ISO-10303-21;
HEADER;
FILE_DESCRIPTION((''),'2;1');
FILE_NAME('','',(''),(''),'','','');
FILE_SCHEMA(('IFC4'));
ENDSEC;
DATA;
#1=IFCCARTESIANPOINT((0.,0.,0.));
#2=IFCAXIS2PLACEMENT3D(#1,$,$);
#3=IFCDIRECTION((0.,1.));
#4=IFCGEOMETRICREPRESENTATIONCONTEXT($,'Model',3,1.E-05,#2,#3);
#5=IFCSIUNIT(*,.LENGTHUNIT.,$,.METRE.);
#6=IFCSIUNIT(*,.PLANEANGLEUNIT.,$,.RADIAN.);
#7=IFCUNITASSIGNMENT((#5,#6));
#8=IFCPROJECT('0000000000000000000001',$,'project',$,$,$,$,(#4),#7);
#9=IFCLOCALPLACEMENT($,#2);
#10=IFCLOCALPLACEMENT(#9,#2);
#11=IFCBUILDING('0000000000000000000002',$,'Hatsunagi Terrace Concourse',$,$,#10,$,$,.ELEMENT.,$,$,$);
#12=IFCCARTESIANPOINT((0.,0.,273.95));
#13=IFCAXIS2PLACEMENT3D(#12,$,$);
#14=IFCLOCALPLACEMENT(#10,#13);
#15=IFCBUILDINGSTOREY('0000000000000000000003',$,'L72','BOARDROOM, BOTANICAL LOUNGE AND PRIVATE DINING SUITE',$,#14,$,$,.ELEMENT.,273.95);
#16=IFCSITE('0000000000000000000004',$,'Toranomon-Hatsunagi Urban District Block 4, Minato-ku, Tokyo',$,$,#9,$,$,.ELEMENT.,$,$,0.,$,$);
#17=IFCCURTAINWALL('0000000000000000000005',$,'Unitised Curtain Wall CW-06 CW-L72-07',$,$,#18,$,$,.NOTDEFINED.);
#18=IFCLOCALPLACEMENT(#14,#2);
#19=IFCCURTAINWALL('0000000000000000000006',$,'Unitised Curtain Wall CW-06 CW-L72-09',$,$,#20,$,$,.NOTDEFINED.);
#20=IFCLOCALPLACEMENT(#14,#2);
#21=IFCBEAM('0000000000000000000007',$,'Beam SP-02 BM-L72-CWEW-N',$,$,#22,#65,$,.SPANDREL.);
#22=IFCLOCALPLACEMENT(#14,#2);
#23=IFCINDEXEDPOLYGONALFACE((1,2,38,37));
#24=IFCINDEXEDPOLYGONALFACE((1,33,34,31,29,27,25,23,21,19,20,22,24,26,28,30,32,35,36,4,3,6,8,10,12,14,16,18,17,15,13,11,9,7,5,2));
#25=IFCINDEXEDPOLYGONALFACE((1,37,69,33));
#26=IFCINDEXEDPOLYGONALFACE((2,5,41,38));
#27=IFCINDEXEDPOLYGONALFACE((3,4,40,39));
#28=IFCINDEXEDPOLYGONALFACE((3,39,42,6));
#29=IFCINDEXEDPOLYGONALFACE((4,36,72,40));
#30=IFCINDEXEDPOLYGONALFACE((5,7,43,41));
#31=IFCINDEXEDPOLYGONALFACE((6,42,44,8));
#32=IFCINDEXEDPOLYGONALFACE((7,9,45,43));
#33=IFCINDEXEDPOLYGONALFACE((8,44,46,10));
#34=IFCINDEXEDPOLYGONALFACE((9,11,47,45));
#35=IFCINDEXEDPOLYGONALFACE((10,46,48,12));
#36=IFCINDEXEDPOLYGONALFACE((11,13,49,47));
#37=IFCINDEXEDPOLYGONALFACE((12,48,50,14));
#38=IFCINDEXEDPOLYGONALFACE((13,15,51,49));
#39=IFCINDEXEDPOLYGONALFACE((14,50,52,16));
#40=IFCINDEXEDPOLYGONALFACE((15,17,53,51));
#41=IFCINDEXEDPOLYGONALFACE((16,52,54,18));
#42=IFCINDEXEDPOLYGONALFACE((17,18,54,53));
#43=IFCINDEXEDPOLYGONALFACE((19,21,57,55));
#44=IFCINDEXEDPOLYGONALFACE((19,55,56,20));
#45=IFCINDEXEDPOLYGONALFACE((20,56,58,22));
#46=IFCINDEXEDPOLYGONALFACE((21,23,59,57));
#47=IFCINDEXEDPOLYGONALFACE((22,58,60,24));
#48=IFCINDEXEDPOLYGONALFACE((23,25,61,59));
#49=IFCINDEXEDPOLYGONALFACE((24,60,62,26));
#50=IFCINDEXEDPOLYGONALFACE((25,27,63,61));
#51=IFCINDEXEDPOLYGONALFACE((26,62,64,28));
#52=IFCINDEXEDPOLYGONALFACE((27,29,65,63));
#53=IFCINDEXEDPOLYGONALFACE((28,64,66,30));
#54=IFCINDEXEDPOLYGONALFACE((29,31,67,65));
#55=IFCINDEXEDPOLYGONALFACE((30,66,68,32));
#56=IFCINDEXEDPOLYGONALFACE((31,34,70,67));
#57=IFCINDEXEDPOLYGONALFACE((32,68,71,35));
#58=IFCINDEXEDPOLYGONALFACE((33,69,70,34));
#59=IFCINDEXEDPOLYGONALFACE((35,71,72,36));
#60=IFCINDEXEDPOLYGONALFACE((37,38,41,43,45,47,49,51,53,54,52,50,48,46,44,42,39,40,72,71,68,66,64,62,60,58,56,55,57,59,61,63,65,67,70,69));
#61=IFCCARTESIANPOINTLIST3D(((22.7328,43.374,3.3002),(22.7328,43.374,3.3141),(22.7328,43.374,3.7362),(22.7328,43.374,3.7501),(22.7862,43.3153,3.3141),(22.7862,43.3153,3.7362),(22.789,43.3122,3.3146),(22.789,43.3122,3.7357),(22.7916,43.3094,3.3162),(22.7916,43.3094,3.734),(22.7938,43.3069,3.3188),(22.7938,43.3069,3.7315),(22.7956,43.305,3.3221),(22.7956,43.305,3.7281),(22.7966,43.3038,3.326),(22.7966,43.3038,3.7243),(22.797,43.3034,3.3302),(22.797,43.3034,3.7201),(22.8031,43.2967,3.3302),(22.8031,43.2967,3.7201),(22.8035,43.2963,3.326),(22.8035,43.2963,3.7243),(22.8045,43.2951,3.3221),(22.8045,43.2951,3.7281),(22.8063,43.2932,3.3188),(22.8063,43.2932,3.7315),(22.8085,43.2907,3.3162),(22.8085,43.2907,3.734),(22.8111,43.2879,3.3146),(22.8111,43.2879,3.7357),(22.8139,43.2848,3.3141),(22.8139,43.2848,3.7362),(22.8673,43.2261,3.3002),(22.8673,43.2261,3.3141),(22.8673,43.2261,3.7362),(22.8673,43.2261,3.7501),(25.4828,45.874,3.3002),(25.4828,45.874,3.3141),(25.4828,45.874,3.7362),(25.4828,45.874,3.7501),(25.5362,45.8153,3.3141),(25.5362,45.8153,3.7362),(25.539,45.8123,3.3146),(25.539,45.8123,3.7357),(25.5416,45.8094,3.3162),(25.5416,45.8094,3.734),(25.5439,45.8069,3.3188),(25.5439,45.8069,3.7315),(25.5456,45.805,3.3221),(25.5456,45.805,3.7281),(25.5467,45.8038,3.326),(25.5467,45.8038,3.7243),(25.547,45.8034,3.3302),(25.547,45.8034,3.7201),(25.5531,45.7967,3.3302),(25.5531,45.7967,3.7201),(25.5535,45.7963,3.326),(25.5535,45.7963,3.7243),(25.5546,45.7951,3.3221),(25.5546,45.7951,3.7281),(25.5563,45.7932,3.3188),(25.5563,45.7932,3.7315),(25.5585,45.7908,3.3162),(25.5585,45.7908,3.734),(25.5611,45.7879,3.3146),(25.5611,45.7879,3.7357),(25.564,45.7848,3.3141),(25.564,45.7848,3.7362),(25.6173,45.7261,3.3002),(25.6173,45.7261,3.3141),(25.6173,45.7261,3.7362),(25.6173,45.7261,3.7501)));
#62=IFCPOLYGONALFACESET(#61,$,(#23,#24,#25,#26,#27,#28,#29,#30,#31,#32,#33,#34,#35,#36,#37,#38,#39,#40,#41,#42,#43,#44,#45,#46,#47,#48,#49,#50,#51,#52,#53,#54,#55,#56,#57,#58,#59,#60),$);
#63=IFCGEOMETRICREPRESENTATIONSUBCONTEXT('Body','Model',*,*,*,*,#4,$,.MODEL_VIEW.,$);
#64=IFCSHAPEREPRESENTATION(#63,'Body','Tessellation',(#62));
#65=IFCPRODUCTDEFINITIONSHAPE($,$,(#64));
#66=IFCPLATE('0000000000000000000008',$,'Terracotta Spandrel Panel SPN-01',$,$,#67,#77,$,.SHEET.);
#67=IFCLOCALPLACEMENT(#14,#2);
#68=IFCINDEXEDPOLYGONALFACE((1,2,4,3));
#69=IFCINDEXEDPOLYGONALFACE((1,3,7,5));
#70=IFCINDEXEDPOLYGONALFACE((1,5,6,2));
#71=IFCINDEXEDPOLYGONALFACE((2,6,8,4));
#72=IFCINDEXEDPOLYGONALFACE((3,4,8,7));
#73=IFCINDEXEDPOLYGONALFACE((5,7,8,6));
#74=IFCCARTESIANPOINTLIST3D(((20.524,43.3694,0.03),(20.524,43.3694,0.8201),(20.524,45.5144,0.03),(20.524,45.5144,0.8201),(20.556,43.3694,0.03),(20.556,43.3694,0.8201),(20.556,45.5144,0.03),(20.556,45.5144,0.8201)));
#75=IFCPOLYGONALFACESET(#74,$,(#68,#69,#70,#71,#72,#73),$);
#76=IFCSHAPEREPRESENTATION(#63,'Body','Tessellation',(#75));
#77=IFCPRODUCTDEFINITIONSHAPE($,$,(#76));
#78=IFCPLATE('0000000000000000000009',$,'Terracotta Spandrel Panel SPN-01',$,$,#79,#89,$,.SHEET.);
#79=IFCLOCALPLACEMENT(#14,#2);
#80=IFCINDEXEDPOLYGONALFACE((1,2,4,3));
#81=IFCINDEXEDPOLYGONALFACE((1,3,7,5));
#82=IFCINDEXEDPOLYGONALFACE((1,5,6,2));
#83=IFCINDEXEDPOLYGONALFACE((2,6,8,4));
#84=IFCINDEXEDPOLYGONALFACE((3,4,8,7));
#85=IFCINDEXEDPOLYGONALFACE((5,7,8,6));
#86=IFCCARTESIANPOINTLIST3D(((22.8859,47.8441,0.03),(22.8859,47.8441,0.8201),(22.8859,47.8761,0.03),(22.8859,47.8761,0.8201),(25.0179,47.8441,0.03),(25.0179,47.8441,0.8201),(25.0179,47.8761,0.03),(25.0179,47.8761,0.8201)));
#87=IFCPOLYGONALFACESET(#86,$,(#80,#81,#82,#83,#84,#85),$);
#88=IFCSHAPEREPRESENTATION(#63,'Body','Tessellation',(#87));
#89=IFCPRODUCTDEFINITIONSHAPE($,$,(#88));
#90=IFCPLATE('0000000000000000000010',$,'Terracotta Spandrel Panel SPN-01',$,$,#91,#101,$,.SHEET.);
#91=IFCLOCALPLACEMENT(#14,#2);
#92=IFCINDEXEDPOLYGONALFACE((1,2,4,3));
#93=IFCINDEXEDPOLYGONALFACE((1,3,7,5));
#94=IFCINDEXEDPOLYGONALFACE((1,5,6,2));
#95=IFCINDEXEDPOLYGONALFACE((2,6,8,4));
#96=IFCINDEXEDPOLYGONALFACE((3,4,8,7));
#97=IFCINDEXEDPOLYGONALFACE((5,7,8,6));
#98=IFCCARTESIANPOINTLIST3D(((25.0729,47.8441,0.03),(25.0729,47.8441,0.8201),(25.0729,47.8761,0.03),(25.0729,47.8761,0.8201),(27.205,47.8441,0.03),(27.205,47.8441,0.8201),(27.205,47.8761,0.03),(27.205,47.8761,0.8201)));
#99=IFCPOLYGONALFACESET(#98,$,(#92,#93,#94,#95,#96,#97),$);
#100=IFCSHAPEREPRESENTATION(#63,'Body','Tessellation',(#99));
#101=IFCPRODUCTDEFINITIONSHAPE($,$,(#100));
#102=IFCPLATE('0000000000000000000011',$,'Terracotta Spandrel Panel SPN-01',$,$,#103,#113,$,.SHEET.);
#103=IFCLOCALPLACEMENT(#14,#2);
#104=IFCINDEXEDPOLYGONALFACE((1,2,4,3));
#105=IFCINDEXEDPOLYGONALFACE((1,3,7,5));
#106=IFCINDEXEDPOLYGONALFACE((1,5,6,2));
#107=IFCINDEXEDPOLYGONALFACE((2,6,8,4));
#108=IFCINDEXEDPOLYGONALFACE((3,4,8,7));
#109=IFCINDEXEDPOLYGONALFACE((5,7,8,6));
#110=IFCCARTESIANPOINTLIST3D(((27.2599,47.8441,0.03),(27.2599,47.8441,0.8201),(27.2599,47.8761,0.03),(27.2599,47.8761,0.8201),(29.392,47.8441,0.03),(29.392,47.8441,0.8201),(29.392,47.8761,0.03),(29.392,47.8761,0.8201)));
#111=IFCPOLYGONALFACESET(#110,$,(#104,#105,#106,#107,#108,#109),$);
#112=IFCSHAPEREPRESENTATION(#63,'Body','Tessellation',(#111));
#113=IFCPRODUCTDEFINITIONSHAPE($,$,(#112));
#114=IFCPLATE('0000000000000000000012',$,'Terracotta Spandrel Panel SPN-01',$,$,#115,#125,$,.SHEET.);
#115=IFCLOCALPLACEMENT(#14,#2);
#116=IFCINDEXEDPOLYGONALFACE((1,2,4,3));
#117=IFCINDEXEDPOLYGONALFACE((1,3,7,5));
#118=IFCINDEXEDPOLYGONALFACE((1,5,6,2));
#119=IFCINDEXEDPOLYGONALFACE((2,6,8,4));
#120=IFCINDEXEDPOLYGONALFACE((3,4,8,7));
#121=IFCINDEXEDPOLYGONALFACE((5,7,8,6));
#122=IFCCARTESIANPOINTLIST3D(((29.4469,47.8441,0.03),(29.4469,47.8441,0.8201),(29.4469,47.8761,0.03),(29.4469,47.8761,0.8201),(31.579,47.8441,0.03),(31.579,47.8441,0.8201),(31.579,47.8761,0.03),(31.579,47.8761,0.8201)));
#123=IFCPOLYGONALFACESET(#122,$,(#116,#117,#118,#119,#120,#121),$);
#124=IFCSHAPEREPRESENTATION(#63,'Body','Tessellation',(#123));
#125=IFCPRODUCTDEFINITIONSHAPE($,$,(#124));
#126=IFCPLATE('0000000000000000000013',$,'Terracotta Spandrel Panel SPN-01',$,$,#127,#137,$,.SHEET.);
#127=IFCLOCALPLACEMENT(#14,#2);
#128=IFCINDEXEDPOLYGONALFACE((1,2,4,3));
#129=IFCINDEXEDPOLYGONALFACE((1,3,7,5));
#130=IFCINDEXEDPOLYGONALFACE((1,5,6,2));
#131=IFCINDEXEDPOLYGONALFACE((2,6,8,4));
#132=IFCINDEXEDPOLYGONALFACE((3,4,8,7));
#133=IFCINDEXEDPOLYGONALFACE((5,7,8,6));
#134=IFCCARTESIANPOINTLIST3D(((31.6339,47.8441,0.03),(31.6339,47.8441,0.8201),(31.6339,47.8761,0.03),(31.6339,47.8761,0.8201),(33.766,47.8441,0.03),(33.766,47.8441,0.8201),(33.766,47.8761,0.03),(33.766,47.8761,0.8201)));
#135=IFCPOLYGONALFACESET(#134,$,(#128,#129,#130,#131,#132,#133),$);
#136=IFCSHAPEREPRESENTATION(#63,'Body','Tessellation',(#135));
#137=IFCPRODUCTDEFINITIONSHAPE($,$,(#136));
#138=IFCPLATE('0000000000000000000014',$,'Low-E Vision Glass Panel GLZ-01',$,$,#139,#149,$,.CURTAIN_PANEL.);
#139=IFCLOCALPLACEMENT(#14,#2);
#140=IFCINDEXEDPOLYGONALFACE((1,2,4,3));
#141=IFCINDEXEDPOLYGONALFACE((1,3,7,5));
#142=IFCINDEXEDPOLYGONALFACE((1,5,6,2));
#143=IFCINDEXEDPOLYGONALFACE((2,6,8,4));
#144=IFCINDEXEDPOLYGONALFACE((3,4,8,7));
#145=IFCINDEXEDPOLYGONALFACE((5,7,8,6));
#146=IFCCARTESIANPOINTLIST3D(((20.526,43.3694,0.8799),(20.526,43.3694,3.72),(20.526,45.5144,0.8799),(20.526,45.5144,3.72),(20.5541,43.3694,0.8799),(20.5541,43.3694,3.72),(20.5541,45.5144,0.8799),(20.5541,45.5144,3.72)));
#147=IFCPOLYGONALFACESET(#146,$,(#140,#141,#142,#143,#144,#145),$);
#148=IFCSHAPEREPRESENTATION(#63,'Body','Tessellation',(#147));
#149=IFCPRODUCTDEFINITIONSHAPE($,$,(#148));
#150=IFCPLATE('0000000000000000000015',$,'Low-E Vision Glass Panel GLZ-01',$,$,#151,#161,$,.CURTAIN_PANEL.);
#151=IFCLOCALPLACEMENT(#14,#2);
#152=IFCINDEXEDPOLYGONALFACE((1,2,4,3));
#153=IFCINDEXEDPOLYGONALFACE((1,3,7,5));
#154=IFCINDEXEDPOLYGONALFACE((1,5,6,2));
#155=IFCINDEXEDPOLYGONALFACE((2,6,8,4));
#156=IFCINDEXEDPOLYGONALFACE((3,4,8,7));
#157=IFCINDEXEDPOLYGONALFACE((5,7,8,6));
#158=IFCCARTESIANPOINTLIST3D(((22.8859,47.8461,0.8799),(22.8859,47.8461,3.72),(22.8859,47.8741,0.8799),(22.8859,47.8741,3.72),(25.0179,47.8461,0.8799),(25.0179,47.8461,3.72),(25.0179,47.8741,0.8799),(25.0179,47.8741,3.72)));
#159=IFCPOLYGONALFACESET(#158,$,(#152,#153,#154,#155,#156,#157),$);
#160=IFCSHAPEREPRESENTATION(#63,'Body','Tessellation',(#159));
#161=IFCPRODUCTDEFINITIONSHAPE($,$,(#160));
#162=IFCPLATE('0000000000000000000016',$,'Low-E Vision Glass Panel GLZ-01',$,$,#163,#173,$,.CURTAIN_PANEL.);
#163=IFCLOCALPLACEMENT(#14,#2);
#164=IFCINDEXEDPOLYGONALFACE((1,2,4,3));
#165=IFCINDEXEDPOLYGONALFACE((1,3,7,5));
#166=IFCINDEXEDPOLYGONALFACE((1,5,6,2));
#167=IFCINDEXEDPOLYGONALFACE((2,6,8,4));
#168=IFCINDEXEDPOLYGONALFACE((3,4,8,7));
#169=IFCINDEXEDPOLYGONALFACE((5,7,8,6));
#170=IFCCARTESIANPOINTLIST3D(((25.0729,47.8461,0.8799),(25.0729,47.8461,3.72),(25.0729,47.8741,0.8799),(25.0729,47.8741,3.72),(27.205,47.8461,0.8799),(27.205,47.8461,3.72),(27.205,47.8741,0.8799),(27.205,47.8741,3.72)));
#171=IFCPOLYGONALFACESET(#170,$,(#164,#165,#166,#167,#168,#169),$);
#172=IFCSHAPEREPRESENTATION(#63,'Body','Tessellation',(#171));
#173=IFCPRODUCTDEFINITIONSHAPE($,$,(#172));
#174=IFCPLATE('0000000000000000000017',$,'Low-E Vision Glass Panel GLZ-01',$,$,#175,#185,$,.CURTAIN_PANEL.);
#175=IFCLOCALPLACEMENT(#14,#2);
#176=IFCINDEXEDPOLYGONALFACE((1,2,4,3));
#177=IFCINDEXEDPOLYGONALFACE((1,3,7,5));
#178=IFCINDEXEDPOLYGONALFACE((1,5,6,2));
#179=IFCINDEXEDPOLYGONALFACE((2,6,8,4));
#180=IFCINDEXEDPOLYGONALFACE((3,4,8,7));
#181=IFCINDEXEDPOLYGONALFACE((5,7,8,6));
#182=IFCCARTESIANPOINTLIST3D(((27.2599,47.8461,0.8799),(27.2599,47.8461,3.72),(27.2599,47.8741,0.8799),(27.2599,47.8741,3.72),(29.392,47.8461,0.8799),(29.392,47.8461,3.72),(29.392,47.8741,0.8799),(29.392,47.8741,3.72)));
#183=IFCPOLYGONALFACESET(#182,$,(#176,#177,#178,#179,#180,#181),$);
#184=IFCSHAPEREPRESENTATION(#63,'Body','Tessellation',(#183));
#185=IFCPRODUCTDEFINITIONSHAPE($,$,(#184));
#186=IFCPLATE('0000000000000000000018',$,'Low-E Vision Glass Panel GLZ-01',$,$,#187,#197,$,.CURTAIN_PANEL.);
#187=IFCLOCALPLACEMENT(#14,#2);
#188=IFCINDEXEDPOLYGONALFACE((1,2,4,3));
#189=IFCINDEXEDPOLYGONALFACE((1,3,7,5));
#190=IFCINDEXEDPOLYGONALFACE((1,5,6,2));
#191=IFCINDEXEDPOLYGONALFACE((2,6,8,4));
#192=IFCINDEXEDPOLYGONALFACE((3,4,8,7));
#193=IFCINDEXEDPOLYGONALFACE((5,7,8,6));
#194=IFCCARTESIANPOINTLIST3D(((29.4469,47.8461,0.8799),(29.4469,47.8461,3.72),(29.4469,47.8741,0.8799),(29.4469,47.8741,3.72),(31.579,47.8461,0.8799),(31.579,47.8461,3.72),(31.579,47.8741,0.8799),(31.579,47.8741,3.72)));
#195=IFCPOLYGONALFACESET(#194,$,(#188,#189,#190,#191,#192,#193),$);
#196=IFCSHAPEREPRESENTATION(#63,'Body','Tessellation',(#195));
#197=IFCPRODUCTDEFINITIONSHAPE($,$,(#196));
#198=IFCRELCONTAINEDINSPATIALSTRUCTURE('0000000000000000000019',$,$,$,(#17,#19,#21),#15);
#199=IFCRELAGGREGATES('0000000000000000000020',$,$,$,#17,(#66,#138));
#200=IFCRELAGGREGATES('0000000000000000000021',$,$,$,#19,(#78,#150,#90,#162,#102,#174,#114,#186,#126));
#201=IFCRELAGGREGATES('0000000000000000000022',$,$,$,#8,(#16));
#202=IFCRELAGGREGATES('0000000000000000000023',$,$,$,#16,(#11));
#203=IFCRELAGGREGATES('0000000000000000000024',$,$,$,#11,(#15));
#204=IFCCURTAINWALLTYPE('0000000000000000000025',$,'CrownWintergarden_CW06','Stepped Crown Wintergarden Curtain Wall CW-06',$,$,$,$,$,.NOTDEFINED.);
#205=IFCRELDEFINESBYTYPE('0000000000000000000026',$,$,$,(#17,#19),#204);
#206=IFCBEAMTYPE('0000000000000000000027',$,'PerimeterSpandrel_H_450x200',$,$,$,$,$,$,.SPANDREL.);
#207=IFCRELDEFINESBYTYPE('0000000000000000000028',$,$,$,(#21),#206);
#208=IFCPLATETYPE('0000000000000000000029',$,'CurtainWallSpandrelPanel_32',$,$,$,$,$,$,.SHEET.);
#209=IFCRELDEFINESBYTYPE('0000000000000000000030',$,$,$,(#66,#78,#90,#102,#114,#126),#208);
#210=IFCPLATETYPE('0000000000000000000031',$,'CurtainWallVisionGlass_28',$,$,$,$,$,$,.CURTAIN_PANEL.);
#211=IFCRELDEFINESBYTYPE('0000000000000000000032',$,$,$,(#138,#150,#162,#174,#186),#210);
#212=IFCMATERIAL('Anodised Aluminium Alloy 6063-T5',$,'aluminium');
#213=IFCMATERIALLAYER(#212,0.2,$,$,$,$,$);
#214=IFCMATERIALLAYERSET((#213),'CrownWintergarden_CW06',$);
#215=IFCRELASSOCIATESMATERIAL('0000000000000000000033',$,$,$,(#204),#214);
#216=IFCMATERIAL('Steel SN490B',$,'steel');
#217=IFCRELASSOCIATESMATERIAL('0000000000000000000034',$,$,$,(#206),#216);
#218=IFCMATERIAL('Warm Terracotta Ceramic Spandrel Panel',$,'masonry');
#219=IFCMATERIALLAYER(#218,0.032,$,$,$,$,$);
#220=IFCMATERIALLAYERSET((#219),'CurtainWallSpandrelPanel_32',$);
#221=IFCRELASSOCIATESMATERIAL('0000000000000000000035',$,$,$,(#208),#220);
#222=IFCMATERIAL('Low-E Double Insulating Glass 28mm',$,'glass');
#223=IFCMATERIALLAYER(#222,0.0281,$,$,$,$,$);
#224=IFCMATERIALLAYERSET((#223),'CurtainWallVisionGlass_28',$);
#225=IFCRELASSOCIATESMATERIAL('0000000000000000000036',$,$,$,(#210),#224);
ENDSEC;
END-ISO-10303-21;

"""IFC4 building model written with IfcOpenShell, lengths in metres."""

from ifc_helpers import new_model, si_unit, direction, frame, origin, origin_2d, place, context, subcontext, project, spatial, rectangle, i_section, extrude, material, layer, layer_set, material_profile, profile_set, type_object, element, aggregate, save


model = new_model("IFC4")

# Units and contexts
model_context = context("Model", 3, precision=1e-05, world=origin(), true_north=direction((0.0, 1.0)))
body_context = subcontext(model_context, "Body", "Model", "MODEL_VIEW")
ifc_project = project(units=[si_unit("LENGTHUNIT", "METRE"), si_unit("PLANEANGLEUNIT", "RADIAN")], contexts=[model_context])

# Site, building, storey
site_placement = place(None, origin())
site = spatial("IfcSite", under=ifc_project, at=site_placement, Name="Toranomon-Hatsunagi Urban District Block 4, Minato-ku, Tokyo", CompositionType="ELEMENT", RefElevation=0.0)
building_placement = place(site_placement, origin())
building = spatial("IfcBuilding", under=site, at=building_placement, Name="Hatsunagi Terrace Concourse", CompositionType="ELEMENT")
storey_placement = place(building_placement, frame((0.0, 0.0, 273.95)))
storey = spatial("IfcBuildingStorey", under=building, at=storey_placement, Name="L72", Description="BOARDROOM, BOTANICAL LOUNGE AND PRIVATE DINING SUITE", CompositionType="ELEMENT", Elevation=273.95)

# Curtain walls
ifc_material_1 = material(Name="Anodised Aluminium Alloy 6063-T5", Category="aluminium")
ifc_layer_1 = layer(ifc_material_1, 0.2)
ifc_layer_set_1 = layer_set([ifc_layer_1], Name="CrownWintergarden_CW06")
curtain_wall_type = type_object("IfcCurtainWallType", Name="CrownWintergarden_CW06", Description="Stepped Crown Wintergarden Curtain Wall CW-06", PredefinedType="NOTDEFINED", material=ifc_layer_set_1)
curtain_wall_1_placement = place(storey_placement, origin())
curtain_wall_1 = element("IfcCurtainWall", 1, at=curtain_wall_1_placement, inside=storey, type_object=curtain_wall_type, Name="Unitised Curtain Wall CW-06 CW-L72-07", PredefinedType="NOTDEFINED")
curtain_wall_2_placement = place(storey_placement, origin())
curtain_wall_2 = element("IfcCurtainWall", 2, at=curtain_wall_2_placement, inside=storey, type_object=curtain_wall_type, Name="Unitised Curtain Wall CW-06 CW-L72-09", PredefinedType="NOTDEFINED")

# Beam
ifc_material_2 = material(Name="Steel SN490B", Category="steel")
ifc_material_profile_1 = material_profile(ifc_material_2, i_section(OverallWidth=0.2, OverallDepth=0.45, WebThickness=0.009, FlangeThickness=0.0139, FilletRadius=0.0161, at=origin_2d()), Name="H-450x200x9x14")
ifc_profile_set_1 = profile_set([ifc_material_profile_1], Name="Steel SN490B")
beam_type_1 = type_object("IfcBeamType", Name="PerimeterSpandrel_H_450x200", PredefinedType="SPANDREL", material=ifc_profile_set_1)
beam_1_placement = place(storey_placement, frame((22.8, 43.3, 3.5251), z_axis=(0.73994, 0.672673, 0.0), x_axis=(-0.672673, 0.73994, 0.0)))
element("IfcBeam", 3, at=beam_1_placement, inside=storey, type_object=beam_type_1, Name="Beam SP-02 BM-L72-CWEW-N", PredefinedType="SPANDREL", context=body_context, shape_type="SweptSolid", body=[
    extrude(i_section(OverallWidth=0.2, OverallDepth=0.45, WebThickness=0.009, FlangeThickness=0.0139, FilletRadius=0.0161, at=origin_2d()), origin(), (0.0, 0.0, 1.0), 3.7166),
])

# Plates
ifc_material_3 = material(Name="Warm Terracotta Ceramic Spandrel Panel", Category="masonry")
ifc_layer_2 = layer(ifc_material_3, 0.032)
ifc_layer_set_2 = layer_set([ifc_layer_2], Name="CurtainWallSpandrelPanel_32")
plate_type_1 = type_object("IfcPlateType", Name="CurtainWallSpandrelPanel_32", PredefinedType="SHEET", material=ifc_layer_set_2)
plate_1_placement = place(storey_placement, frame((20.54, 44.4419, 0.03), z_axis=(0.0, 0.0, 1.0), x_axis=(0.0, 1.0, 0.0)))
plate_1 = element("IfcPlate", 4, at=plate_1_placement, type_object=plate_type_1, Name="Terracotta Spandrel Panel SPN-01", PredefinedType="SHEET", context=body_context, shape_type="SweptSolid", body=[
    extrude(rectangle(XDim=2.145, YDim=0.032, at=origin_2d()), origin(), (0.0, 0.0, 1.0), 0.79),
])
plate_2_placement = place(storey_placement, frame((23.9519, 47.8601, 0.03), z_axis=(0.0, 0.0, 1.0), x_axis=(1.0, 0.0, 0.0)))
plate_2 = element("IfcPlate", 5, at=plate_2_placement, type_object=plate_type_1, Name="Terracotta Spandrel Panel SPN-01", PredefinedType="SHEET", context=body_context, shape_type="SweptSolid", body=[
    extrude(rectangle(XDim=2.1321, YDim=0.032, at=origin_2d()), origin(), (0.0, 0.0, 1.0), 0.79),
])
plate_3_placement = place(storey_placement, frame((26.1389, 47.8601, 0.03), z_axis=(0.0, 0.0, 1.0), x_axis=(1.0, 0.0, 0.0)))
plate_3 = element("IfcPlate", 6, at=plate_3_placement, type_object=plate_type_1, Name="Terracotta Spandrel Panel SPN-01", PredefinedType="SHEET", context=body_context, shape_type="SweptSolid", body=[
    extrude(rectangle(XDim=2.1321, YDim=0.032, at=origin_2d()), origin(), (0.0, 0.0, 1.0), 0.79),
])
plate_4_placement = place(storey_placement, frame((28.3259, 47.8601, 0.03), z_axis=(0.0, 0.0, 1.0), x_axis=(1.0, 0.0, 0.0)))
plate_4 = element("IfcPlate", 7, at=plate_4_placement, type_object=plate_type_1, Name="Terracotta Spandrel Panel SPN-01", PredefinedType="SHEET", context=body_context, shape_type="SweptSolid", body=[
    extrude(rectangle(XDim=2.1321, YDim=0.032, at=origin_2d()), origin(), (0.0, 0.0, 1.0), 0.79),
])
plate_5_placement = place(storey_placement, frame((30.5129, 47.8601, 0.03), z_axis=(0.0, 0.0, 1.0), x_axis=(1.0, 0.0, 0.0)))
plate_5 = element("IfcPlate", 8, at=plate_5_placement, type_object=plate_type_1, Name="Terracotta Spandrel Panel SPN-01", PredefinedType="SHEET", context=body_context, shape_type="SweptSolid", body=[
    extrude(rectangle(XDim=2.1321, YDim=0.032, at=origin_2d()), origin(), (0.0, 0.0, 1.0), 0.79),
])
plate_6_placement = place(storey_placement, frame((32.7, 47.8601, 0.03), z_axis=(0.0, 0.0, 1.0), x_axis=(1.0, 0.0, 0.0)))
plate_6 = element("IfcPlate", 9, at=plate_6_placement, type_object=plate_type_1, Name="Terracotta Spandrel Panel SPN-01", PredefinedType="SHEET", context=body_context, shape_type="SweptSolid", body=[
    extrude(rectangle(XDim=2.1321, YDim=0.032, at=origin_2d()), origin(), (0.0, 0.0, 1.0), 0.79),
])
ifc_material_4 = material(Name="Low-E Double Insulating Glass 28mm", Category="glass")
ifc_layer_3 = layer(ifc_material_4, 0.0281)
ifc_layer_set_3 = layer_set([ifc_layer_3], Name="CurtainWallVisionGlass_28")
plate_type_2 = type_object("IfcPlateType", Name="CurtainWallVisionGlass_28", PredefinedType="CURTAIN_PANEL", material=ifc_layer_set_3)
plate_7_placement = place(storey_placement, frame((20.54, 44.4419, 0.8799), z_axis=(0.0, 0.0, 1.0), x_axis=(0.0, 1.0, 0.0)))
plate_7 = element("IfcPlate", 10, at=plate_7_placement, type_object=plate_type_2, Name="Low-E Vision Glass Panel GLZ-01", PredefinedType="CURTAIN_PANEL", context=body_context, shape_type="SweptSolid", body=[
    extrude(rectangle(XDim=2.145, YDim=0.0281, at=origin_2d()), origin(), (0.0, 0.0, 1.0), 2.8401),
])
aggregate(curtain_wall_1, [plate_1, plate_7])
plate_8_placement = place(storey_placement, frame((23.9519, 47.8601, 0.8799), z_axis=(0.0, 0.0, 1.0), x_axis=(1.0, 0.0, 0.0)))
plate_8 = element("IfcPlate", 11, at=plate_8_placement, type_object=plate_type_2, Name="Low-E Vision Glass Panel GLZ-01", PredefinedType="CURTAIN_PANEL", context=body_context, shape_type="SweptSolid", body=[
    extrude(rectangle(XDim=2.1321, YDim=0.0281, at=origin_2d()), origin(), (0.0, 0.0, 1.0), 2.8401),
])
plate_9_placement = place(storey_placement, frame((26.1389, 47.8601, 0.8799), z_axis=(0.0, 0.0, 1.0), x_axis=(1.0, 0.0, 0.0)))
plate_9 = element("IfcPlate", 12, at=plate_9_placement, type_object=plate_type_2, Name="Low-E Vision Glass Panel GLZ-01", PredefinedType="CURTAIN_PANEL", context=body_context, shape_type="SweptSolid", body=[
    extrude(rectangle(XDim=2.1321, YDim=0.0281, at=origin_2d()), origin(), (0.0, 0.0, 1.0), 2.8401),
])
plate_10_placement = place(storey_placement, frame((28.3259, 47.8601, 0.8799), z_axis=(0.0, 0.0, 1.0), x_axis=(1.0, 0.0, 0.0)))
plate_10 = element("IfcPlate", 13, at=plate_10_placement, type_object=plate_type_2, Name="Low-E Vision Glass Panel GLZ-01", PredefinedType="CURTAIN_PANEL", context=body_context, shape_type="SweptSolid", body=[
    extrude(rectangle(XDim=2.1321, YDim=0.0281, at=origin_2d()), origin(), (0.0, 0.0, 1.0), 2.8401),
])
plate_11_placement = place(storey_placement, frame((30.5129, 47.8601, 0.8799), z_axis=(0.0, 0.0, 1.0), x_axis=(1.0, 0.0, 0.0)))
plate_11 = element("IfcPlate", 14, at=plate_11_placement, type_object=plate_type_2, Name="Low-E Vision Glass Panel GLZ-01", PredefinedType="CURTAIN_PANEL", context=body_context, shape_type="SweptSolid", body=[
    extrude(rectangle(XDim=2.1321, YDim=0.0281, at=origin_2d()), origin(), (0.0, 0.0, 1.0), 2.8401),
])
aggregate(curtain_wall_2, [plate_2, plate_8, plate_3, plate_9, plate_4, plate_10, plate_5, plate_11, plate_6])

save(model, "model.ifc")
